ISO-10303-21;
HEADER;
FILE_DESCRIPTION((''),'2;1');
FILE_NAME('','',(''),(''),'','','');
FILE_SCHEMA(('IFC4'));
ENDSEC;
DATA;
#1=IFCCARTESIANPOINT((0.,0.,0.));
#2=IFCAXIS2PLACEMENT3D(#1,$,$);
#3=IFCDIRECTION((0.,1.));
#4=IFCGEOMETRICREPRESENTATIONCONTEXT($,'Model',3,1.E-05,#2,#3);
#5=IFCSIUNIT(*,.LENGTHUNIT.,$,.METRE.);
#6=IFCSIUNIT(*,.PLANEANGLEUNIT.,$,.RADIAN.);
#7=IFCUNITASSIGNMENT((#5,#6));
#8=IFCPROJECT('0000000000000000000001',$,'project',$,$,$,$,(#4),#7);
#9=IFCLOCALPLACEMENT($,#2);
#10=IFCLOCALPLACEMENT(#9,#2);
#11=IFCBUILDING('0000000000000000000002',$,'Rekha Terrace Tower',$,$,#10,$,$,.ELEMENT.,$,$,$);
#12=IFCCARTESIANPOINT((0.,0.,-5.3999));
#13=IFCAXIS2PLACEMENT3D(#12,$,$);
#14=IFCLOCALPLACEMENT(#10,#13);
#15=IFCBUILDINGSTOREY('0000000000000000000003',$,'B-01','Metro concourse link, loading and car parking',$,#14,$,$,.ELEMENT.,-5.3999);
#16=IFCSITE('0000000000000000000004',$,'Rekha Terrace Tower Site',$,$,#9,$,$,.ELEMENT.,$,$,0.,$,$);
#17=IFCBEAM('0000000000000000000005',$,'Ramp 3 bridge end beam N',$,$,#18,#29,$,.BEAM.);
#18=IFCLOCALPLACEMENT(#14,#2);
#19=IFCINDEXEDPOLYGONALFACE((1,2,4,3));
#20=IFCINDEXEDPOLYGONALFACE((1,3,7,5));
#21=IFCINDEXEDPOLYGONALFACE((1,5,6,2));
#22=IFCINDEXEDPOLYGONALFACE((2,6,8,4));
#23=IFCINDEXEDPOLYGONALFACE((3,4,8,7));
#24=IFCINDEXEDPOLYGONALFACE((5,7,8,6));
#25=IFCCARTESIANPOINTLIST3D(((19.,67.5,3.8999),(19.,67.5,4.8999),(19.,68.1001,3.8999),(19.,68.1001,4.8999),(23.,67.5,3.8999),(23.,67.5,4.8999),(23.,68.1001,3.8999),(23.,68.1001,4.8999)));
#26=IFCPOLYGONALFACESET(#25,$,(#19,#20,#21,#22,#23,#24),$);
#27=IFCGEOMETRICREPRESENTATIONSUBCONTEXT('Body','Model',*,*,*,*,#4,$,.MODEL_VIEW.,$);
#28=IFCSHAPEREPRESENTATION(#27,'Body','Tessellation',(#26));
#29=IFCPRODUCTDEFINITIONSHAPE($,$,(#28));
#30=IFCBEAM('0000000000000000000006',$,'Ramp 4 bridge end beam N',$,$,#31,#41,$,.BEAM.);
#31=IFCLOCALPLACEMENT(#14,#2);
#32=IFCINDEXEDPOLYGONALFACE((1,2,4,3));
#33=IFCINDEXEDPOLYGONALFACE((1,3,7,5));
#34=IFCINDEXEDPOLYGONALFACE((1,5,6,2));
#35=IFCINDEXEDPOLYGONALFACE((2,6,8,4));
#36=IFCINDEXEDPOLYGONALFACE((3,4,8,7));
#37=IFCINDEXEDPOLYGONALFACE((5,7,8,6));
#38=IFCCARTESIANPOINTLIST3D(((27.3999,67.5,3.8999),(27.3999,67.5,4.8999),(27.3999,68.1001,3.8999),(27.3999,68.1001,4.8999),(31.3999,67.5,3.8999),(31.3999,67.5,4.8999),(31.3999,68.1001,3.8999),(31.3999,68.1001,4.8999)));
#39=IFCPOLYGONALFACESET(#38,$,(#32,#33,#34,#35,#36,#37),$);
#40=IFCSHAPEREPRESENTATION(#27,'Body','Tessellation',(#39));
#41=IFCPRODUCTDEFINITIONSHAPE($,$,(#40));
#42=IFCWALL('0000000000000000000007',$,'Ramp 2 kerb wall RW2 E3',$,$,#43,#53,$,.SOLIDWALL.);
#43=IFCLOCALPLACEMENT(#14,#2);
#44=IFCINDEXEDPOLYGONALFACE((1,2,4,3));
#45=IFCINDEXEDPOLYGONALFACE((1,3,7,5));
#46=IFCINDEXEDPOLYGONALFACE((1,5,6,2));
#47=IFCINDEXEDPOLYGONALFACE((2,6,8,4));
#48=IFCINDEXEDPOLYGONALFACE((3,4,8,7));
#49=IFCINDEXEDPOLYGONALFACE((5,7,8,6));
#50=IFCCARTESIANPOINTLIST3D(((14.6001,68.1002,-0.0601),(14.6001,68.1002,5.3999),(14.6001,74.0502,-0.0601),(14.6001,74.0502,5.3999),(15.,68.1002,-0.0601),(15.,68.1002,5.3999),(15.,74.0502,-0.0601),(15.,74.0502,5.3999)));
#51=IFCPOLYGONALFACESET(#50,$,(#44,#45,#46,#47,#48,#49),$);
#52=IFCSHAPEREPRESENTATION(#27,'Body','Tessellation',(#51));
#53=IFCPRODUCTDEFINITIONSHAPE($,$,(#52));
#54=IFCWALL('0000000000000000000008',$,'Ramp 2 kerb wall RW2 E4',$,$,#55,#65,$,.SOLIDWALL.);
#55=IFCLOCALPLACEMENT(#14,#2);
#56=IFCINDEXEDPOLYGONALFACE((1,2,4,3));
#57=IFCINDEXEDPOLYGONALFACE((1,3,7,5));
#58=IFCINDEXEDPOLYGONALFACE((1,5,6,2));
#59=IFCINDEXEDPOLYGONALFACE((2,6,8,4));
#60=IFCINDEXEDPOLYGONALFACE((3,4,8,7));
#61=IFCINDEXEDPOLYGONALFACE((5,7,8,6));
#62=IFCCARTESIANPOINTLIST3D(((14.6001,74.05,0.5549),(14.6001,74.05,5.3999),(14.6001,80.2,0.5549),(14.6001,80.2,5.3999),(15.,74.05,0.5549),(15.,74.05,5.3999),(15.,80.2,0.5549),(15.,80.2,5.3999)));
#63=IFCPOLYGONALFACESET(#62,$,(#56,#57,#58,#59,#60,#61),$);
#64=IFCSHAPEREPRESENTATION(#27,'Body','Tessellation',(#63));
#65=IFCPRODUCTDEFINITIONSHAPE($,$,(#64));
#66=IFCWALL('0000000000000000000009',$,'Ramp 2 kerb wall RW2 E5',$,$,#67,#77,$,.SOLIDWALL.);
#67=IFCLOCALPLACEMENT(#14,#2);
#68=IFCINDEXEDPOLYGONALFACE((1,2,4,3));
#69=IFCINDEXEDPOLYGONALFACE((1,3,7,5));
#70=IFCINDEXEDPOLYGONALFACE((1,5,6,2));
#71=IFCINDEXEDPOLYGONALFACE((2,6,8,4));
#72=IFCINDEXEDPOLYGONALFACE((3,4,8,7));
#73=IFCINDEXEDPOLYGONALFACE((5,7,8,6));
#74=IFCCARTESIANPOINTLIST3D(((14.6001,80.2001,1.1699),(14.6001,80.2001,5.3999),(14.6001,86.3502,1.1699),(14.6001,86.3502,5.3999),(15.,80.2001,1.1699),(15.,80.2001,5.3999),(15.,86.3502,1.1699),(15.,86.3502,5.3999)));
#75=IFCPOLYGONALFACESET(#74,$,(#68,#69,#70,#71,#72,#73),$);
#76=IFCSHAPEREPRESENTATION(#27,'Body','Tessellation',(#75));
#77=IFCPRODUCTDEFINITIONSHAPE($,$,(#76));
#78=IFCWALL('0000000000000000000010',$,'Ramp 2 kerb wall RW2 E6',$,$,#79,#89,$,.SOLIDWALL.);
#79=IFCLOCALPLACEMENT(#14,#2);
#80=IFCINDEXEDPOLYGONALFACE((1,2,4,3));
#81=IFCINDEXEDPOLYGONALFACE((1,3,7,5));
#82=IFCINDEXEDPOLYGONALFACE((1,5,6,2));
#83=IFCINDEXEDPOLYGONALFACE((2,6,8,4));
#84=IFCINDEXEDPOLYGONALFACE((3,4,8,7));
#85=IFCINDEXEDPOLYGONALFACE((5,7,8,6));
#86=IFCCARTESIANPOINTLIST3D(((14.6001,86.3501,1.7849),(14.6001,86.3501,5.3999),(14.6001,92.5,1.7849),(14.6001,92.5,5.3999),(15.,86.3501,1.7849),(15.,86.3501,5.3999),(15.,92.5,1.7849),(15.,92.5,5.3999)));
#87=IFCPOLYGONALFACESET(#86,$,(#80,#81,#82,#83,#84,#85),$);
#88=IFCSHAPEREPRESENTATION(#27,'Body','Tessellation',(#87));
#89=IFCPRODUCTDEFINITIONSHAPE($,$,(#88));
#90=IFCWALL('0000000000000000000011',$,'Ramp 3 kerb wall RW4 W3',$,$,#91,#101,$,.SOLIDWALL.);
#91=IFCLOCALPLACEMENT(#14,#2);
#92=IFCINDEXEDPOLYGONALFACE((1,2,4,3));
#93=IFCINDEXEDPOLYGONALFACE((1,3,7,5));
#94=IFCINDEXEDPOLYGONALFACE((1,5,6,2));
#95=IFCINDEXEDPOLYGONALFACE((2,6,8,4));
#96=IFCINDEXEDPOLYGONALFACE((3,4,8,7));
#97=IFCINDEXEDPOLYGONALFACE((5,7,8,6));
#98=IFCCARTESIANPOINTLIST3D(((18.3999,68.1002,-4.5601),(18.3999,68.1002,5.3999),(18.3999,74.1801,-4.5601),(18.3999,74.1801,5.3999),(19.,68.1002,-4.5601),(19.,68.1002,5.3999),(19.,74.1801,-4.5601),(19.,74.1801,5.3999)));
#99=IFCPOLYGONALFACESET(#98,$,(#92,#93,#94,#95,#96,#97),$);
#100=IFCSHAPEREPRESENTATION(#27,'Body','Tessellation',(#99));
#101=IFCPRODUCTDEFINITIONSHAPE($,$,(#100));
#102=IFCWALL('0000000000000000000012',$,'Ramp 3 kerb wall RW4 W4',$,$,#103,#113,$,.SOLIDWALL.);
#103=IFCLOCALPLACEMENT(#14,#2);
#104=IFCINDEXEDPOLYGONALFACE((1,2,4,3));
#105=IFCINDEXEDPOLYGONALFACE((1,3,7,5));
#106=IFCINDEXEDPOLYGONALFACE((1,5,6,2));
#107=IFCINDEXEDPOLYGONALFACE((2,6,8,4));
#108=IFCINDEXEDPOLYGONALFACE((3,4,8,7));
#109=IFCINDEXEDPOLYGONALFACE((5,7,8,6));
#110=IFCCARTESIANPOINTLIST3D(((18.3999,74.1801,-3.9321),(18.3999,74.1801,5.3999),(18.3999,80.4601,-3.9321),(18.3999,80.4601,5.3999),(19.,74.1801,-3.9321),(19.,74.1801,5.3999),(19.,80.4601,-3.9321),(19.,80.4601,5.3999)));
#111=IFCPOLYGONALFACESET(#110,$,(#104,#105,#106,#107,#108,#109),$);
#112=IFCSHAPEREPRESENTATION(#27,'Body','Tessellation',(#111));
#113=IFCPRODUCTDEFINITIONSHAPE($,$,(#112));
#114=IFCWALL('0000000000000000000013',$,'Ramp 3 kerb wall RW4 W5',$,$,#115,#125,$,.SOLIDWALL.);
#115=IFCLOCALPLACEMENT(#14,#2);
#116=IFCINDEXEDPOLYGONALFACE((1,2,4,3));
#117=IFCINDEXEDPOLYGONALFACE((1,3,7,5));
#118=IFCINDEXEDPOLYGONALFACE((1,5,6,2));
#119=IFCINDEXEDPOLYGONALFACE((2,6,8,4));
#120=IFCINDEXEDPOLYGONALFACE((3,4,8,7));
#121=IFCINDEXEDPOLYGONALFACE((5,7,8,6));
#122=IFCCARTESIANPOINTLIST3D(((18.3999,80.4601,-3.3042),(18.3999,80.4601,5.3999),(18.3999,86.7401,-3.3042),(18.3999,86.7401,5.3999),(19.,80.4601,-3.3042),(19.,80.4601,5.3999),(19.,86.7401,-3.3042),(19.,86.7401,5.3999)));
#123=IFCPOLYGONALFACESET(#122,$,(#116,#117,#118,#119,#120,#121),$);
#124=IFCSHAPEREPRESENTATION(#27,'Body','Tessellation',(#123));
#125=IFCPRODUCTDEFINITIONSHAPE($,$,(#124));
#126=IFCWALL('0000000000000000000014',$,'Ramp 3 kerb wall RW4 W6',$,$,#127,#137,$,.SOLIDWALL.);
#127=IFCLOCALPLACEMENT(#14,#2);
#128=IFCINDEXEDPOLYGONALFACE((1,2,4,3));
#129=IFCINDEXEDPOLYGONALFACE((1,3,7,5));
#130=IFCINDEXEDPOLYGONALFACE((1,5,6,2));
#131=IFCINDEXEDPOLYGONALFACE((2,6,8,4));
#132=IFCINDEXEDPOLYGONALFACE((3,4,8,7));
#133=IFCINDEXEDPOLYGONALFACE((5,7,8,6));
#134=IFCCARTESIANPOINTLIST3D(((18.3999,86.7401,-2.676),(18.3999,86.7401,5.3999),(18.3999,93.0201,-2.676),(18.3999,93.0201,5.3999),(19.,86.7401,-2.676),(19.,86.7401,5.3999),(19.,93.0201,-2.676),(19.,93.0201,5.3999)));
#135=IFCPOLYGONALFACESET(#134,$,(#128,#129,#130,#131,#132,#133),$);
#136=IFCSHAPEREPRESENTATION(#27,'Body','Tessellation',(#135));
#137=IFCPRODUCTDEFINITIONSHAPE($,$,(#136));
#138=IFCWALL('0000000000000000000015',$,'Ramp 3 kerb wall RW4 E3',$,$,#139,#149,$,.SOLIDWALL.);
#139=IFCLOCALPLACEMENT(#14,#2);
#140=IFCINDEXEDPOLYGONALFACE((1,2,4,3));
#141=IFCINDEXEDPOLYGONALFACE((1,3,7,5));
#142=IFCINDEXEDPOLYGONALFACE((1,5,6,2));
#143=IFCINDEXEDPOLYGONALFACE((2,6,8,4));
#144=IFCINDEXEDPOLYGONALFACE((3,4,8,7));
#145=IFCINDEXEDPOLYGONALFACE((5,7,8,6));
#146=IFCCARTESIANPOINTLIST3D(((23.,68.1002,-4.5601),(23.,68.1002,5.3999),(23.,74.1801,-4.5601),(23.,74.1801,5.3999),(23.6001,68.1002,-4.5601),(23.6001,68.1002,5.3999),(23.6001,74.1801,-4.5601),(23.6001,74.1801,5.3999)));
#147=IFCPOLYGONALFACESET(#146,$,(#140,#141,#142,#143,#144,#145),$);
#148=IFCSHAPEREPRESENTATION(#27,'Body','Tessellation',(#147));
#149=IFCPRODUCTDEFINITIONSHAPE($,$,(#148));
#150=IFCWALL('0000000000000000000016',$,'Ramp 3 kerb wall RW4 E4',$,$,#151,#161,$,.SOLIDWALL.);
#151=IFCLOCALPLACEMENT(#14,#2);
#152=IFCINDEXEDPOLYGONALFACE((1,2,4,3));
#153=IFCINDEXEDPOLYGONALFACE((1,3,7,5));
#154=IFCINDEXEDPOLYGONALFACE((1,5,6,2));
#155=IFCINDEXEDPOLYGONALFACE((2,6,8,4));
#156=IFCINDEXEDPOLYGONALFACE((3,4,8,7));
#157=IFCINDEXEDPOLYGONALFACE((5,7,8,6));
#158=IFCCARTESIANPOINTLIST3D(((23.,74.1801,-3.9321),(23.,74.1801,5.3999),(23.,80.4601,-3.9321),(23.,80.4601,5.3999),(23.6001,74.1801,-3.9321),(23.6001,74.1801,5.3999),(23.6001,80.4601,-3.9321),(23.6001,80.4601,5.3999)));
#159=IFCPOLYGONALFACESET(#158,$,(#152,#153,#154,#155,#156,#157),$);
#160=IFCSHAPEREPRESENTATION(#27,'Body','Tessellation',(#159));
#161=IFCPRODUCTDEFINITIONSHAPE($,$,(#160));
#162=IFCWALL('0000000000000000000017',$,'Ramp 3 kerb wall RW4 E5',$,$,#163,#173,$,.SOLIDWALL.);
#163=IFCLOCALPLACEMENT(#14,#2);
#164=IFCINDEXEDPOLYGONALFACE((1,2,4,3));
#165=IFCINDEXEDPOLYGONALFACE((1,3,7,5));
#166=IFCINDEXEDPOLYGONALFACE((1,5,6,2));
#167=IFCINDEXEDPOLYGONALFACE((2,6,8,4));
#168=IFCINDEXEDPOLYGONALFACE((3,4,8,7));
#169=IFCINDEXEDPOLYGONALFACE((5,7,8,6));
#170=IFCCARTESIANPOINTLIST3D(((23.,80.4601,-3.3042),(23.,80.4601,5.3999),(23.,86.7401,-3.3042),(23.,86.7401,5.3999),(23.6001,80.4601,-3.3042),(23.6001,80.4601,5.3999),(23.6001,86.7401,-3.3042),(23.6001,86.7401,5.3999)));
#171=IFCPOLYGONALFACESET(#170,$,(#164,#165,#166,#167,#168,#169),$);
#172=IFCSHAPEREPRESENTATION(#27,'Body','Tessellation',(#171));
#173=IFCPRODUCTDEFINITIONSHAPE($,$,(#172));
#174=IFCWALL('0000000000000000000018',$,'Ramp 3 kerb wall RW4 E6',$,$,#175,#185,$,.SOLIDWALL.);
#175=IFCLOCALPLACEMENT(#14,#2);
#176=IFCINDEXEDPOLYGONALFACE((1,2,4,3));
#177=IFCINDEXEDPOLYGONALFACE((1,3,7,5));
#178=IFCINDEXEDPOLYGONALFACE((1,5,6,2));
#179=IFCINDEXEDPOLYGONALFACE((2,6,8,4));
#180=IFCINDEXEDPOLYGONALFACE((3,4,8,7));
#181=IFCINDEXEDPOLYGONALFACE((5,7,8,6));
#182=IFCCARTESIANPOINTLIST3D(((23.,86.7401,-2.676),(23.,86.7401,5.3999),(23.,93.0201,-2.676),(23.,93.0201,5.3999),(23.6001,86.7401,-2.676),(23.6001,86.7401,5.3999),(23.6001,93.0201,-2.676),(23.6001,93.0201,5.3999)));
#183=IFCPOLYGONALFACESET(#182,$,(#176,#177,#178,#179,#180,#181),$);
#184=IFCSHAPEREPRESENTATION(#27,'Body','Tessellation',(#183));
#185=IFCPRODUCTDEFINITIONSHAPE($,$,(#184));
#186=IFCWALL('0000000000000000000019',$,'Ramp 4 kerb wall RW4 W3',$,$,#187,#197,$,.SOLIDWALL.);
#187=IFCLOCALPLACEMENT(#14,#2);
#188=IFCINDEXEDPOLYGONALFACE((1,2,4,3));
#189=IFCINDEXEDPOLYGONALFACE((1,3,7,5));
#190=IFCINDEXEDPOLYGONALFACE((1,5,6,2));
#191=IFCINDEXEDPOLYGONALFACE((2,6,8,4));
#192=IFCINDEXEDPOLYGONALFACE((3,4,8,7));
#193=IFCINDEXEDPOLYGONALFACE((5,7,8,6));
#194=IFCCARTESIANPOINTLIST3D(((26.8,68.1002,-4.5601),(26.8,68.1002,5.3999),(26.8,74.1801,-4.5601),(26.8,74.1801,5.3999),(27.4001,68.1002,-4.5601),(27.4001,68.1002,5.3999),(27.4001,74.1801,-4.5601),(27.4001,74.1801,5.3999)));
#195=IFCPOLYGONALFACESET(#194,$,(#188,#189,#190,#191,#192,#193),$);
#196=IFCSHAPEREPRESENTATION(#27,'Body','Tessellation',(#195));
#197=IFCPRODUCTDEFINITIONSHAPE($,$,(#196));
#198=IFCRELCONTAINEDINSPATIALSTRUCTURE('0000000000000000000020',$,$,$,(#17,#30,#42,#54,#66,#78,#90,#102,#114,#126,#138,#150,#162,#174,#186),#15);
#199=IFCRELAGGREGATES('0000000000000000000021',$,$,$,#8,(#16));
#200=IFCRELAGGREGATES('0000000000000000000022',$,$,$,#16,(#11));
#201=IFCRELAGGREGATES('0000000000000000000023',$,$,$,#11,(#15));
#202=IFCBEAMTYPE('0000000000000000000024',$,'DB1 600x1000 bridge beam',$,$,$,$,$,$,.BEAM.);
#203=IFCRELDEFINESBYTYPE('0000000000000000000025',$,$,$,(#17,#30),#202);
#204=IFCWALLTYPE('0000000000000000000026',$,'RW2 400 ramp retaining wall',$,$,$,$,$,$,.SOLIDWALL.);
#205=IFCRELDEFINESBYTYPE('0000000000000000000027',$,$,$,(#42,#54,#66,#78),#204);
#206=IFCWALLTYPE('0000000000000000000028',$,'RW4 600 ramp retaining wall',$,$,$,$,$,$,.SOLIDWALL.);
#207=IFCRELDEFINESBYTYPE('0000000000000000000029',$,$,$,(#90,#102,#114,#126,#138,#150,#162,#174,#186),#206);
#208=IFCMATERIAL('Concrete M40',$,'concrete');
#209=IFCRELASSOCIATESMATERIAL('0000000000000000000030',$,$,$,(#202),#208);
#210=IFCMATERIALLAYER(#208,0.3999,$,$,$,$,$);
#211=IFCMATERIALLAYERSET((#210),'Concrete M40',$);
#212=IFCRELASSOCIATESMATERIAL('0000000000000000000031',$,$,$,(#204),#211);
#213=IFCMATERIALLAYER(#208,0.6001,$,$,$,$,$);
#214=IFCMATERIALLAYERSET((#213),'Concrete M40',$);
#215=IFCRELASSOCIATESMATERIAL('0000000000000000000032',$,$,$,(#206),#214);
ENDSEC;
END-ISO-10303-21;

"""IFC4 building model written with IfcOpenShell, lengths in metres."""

from ifc_helpers import new_model, si_unit, direction, frame, frame_2d, origin, origin_2d, place, context, subcontext, project, spatial, rectangle, extrude, material, layer, layer_set, material_profile, profile_set, type_object, element, save


model = new_model("IFC4")

# Units and contexts
model_context = context("Model", 3, precision=1e-05, world=origin(), true_north=direction((0.0, 1.0)))
body_context = subcontext(model_context, "Body", "Model", "MODEL_VIEW")
ifc_project = project(units=[si_unit("LENGTHUNIT", "METRE"), si_unit("PLANEANGLEUNIT", "RADIAN")], contexts=[model_context])

# Site, building, storey
site_placement = place(None, origin())
site = spatial("IfcSite", under=ifc_project, at=site_placement, Name="Rekha Terrace Tower Site", CompositionType="ELEMENT", RefElevation=0.0)
building_placement = place(site_placement, origin())
building = spatial("IfcBuilding", under=site, at=building_placement, Name="Rekha Terrace Tower", CompositionType="ELEMENT")
storey_placement = place(building_placement, frame((0.0, 0.0, -5.3999)))
storey = spatial("IfcBuildingStorey", under=building, at=storey_placement, Name="B-01", Description="Metro concourse link, loading and car parking", CompositionType="ELEMENT", Elevation=-5.3999)

# Beams
ifc_material = material(Name="Concrete M40", Category="concrete")
ifc_material_profile = material_profile(ifc_material, rectangle(XDim=0.6001, YDim=1.0, at=origin_2d()), Name="RC 600x1000")
ifc_profile_set = profile_set([ifc_material_profile], Name="Concrete M40")
beam_type = type_object("IfcBeamType", Name="DB1 600x1000 bridge beam", PredefinedType="BEAM", material=ifc_profile_set)
for number, where, z_axis, x_axis, name in (
    (1, (19.0, 67.8, 4.3999), (1.0, 0.0, 0.0), (0.0, 1.0, 0.0), "Ramp 3 bridge end beam N"),
    (2, (27.3999, 67.8, 4.3999), (1.0, 0.0, 0.0), (0.0, 1.0, 0.0), "Ramp 4 bridge end beam N"),
):
    element("IfcBeam", number, at=place(storey_placement, frame(where, z_axis=z_axis, x_axis=x_axis)), inside=storey, type_object=beam_type, Name=name, PredefinedType="BEAM", context=body_context, shape_type="SweptSolid", body=[
        extrude(rectangle(XDim=0.6001, YDim=1.0, at=origin_2d()), origin(), (0.0, 0.0, 1.0), 4.0),
    ])

# Walls
ifc_layer_1 = layer(ifc_material, 0.3999)
ifc_layer_set_1 = layer_set([ifc_layer_1], Name="Concrete M40")
wall_type_1 = type_object("IfcWallType", Name="RW2 400 ramp retaining wall", PredefinedType="SOLIDWALL", material=ifc_layer_set_1)
wall_1_placement = place(storey_placement, frame((14.8, 68.1001, -0.0601), z_axis=(0.0, 0.0, 1.0), x_axis=(0.0, 1.0, 0.0)))
element("IfcWall", 3, at=wall_1_placement, inside=storey, type_object=wall_type_1, Name="Ramp 2 kerb wall RW2 E3", PredefinedType="SOLIDWALL", context=body_context, shape_type="SweptSolid", body=[
    extrude(rectangle(XDim=5.95, YDim=0.3999, at=frame_2d((2.9751, 0.0))), origin(), (0.0, 0.0, 1.0), 5.46),
])
wall_2_placement = place(storey_placement, frame((14.8, 74.05, 0.5549), z_axis=(0.0, 0.0, 1.0), x_axis=(0.0, 1.0, 0.0)))
element("IfcWall", 4, at=wall_2_placement, inside=storey, type_object=wall_type_1, Name="Ramp 2 kerb wall RW2 E4", PredefinedType="SOLIDWALL", context=body_context, shape_type="SweptSolid", body=[
    extrude(rectangle(XDim=6.1499, YDim=0.3999, at=frame_2d((3.075, 0.0))), origin(), (0.0, 0.0, 1.0), 4.845),
])
wall_3_placement = place(storey_placement, frame((14.8, 80.2, 1.1699), z_axis=(0.0, 0.0, 1.0), x_axis=(0.0, 1.0, 0.0)))
element("IfcWall", 5, at=wall_3_placement, inside=storey, type_object=wall_type_1, Name="Ramp 2 kerb wall RW2 E5", PredefinedType="SOLIDWALL", context=body_context, shape_type="SweptSolid", body=[
    extrude(rectangle(XDim=6.1501, YDim=0.3999, at=frame_2d((3.0752, 0.0))), origin(), (0.0, 0.0, 1.0), 4.23),
])
wall_4_placement = place(storey_placement, frame((14.8, 86.3501, 1.7849), z_axis=(0.0, 0.0, 1.0), x_axis=(0.0, 1.0, 0.0)))
element("IfcWall", 6, at=wall_4_placement, inside=storey, type_object=wall_type_1, Name="Ramp 2 kerb wall RW2 E6", PredefinedType="SOLIDWALL", context=body_context, shape_type="SweptSolid", body=[
    extrude(rectangle(XDim=6.1499, YDim=0.3999, at=frame_2d((3.075, 0.0))), origin(), (0.0, 0.0, 1.0), 3.615),
])
ifc_layer_2 = layer(ifc_material, 0.6001)
ifc_layer_set_2 = layer_set([ifc_layer_2], Name="Concrete M40")
wall_type_2 = type_object("IfcWallType", Name="RW4 600 ramp retaining wall", PredefinedType="SOLIDWALL", material=ifc_layer_set_2)
wall_5_placement = place(storey_placement, frame((18.7, 68.1001, -4.5601), z_axis=(0.0, 0.0, 1.0), x_axis=(0.0, 1.0, 0.0)))
element("IfcWall", 7, at=wall_5_placement, inside=storey, type_object=wall_type_2, Name="Ramp 3 kerb wall RW4 W3", PredefinedType="SOLIDWALL", context=body_context, shape_type="SweptSolid", body=[
    extrude(rectangle(XDim=6.0798, YDim=0.6001, at=frame_2d((3.04, 0.0))), origin(), (0.0, 0.0, 1.0), 9.96),
])
wall_6_placement = place(storey_placement, frame((18.7, 74.1799, -3.9321), z_axis=(0.0, 0.0, 1.0), x_axis=(0.0, 1.0, 0.0)))
element("IfcWall", 8, at=wall_6_placement, inside=storey, type_object=wall_type_2, Name="Ramp 3 kerb wall RW4 W4", PredefinedType="SOLIDWALL", context=body_context, shape_type="SweptSolid", body=[
    extrude(rectangle(XDim=6.28, YDim=0.6001, at=frame_2d((3.1401, 0.0))), origin(), (0.0, 0.0, 1.0), 9.332),
])
wall_7_placement = place(storey_placement, frame((18.7, 80.46, -3.3042), z_axis=(0.0, 0.0, 1.0), x_axis=(0.0, 1.0, 0.0)))
element("IfcWall", 9, at=wall_7_placement, inside=storey, type_object=wall_type_2, Name="Ramp 3 kerb wall RW4 W5", PredefinedType="SOLIDWALL", context=body_context, shape_type="SweptSolid", body=[
    extrude(rectangle(XDim=6.28, YDim=0.6001, at=frame_2d((3.1401, 0.0))), origin(), (0.0, 0.0, 1.0), 8.7041),
])
wall_8_placement = place(storey_placement, frame((18.7, 86.74, -2.676), z_axis=(0.0, 0.0, 1.0), x_axis=(0.0, 1.0, 0.0)))
element("IfcWall", 10, at=wall_8_placement, inside=storey, type_object=wall_type_2, Name="Ramp 3 kerb wall RW4 W6", PredefinedType="SOLIDWALL", context=body_context, shape_type="SweptSolid", body=[
    extrude(rectangle(XDim=6.28, YDim=0.6001, at=frame_2d((3.1401, 0.0))), origin(), (0.0, 0.0, 1.0), 8.0759),
])
wall_9_placement = place(storey_placement, frame((23.3, 68.1001, -4.5601), z_axis=(0.0, 0.0, 1.0), x_axis=(0.0, 1.0, 0.0)))
element("IfcWall", 11, at=wall_9_placement, inside=storey, type_object=wall_type_2, Name="Ramp 3 kerb wall RW4 E3", PredefinedType="SOLIDWALL", context=body_context, shape_type="SweptSolid", body=[
    extrude(rectangle(XDim=6.0798, YDim=0.6001, at=frame_2d((3.04, 0.0))), origin(), (0.0, 0.0, 1.0), 9.96),
])
wall_10_placement = place(storey_placement, frame((23.3, 74.1799, -3.9321), z_axis=(0.0, 0.0, 1.0), x_axis=(0.0, 1.0, 0.0)))
element("IfcWall", 12, at=wall_10_placement, inside=storey, type_object=wall_type_2, Name="Ramp 3 kerb wall RW4 E4", PredefinedType="SOLIDWALL", context=body_context, shape_type="SweptSolid", body=[
    extrude(rectangle(XDim=6.28, YDim=0.6001, at=frame_2d((3.1401, 0.0))), origin(), (0.0, 0.0, 1.0), 9.332),
])
wall_11_placement = place(storey_placement, frame((23.3, 80.46, -3.3042), z_axis=(0.0, 0.0, 1.0), x_axis=(0.0, 1.0, 0.0)))
element("IfcWall", 13, at=wall_11_placement, inside=storey, type_object=wall_type_2, Name="Ramp 3 kerb wall RW4 E5", PredefinedType="SOLIDWALL", context=body_context, shape_type="SweptSolid", body=[
    extrude(rectangle(XDim=6.28, YDim=0.6001, at=frame_2d((3.1401, 0.0))), origin(), (0.0, 0.0, 1.0), 8.7041),
])
wall_12_placement = place(storey_placement, frame((23.3, 86.74, -2.676), z_axis=(0.0, 0.0, 1.0), x_axis=(0.0, 1.0, 0.0)))
element("IfcWall", 14, at=wall_12_placement, inside=storey, type_object=wall_type_2, Name="Ramp 3 kerb wall RW4 E6", PredefinedType="SOLIDWALL", context=body_context, shape_type="SweptSolid", body=[
    extrude(rectangle(XDim=6.28, YDim=0.6001, at=frame_2d((3.1401, 0.0))), origin(), (0.0, 0.0, 1.0), 8.0759),
])
wall_13_placement = place(storey_placement, frame((27.1001, 68.1001, -4.5601), z_axis=(0.0, 0.0, 1.0), x_axis=(0.0, 1.0, 0.0)))
element("IfcWall", 15, at=wall_13_placement, inside=storey, type_object=wall_type_2, Name="Ramp 4 kerb wall RW4 W3", PredefinedType="SOLIDWALL", context=body_context, shape_type="SweptSolid", body=[
    extrude(rectangle(XDim=6.0798, YDim=0.6001, at=frame_2d((3.04, 0.0))), origin(), (0.0, 0.0, 1.0), 9.96),
])

save(model, "model.ifc")
